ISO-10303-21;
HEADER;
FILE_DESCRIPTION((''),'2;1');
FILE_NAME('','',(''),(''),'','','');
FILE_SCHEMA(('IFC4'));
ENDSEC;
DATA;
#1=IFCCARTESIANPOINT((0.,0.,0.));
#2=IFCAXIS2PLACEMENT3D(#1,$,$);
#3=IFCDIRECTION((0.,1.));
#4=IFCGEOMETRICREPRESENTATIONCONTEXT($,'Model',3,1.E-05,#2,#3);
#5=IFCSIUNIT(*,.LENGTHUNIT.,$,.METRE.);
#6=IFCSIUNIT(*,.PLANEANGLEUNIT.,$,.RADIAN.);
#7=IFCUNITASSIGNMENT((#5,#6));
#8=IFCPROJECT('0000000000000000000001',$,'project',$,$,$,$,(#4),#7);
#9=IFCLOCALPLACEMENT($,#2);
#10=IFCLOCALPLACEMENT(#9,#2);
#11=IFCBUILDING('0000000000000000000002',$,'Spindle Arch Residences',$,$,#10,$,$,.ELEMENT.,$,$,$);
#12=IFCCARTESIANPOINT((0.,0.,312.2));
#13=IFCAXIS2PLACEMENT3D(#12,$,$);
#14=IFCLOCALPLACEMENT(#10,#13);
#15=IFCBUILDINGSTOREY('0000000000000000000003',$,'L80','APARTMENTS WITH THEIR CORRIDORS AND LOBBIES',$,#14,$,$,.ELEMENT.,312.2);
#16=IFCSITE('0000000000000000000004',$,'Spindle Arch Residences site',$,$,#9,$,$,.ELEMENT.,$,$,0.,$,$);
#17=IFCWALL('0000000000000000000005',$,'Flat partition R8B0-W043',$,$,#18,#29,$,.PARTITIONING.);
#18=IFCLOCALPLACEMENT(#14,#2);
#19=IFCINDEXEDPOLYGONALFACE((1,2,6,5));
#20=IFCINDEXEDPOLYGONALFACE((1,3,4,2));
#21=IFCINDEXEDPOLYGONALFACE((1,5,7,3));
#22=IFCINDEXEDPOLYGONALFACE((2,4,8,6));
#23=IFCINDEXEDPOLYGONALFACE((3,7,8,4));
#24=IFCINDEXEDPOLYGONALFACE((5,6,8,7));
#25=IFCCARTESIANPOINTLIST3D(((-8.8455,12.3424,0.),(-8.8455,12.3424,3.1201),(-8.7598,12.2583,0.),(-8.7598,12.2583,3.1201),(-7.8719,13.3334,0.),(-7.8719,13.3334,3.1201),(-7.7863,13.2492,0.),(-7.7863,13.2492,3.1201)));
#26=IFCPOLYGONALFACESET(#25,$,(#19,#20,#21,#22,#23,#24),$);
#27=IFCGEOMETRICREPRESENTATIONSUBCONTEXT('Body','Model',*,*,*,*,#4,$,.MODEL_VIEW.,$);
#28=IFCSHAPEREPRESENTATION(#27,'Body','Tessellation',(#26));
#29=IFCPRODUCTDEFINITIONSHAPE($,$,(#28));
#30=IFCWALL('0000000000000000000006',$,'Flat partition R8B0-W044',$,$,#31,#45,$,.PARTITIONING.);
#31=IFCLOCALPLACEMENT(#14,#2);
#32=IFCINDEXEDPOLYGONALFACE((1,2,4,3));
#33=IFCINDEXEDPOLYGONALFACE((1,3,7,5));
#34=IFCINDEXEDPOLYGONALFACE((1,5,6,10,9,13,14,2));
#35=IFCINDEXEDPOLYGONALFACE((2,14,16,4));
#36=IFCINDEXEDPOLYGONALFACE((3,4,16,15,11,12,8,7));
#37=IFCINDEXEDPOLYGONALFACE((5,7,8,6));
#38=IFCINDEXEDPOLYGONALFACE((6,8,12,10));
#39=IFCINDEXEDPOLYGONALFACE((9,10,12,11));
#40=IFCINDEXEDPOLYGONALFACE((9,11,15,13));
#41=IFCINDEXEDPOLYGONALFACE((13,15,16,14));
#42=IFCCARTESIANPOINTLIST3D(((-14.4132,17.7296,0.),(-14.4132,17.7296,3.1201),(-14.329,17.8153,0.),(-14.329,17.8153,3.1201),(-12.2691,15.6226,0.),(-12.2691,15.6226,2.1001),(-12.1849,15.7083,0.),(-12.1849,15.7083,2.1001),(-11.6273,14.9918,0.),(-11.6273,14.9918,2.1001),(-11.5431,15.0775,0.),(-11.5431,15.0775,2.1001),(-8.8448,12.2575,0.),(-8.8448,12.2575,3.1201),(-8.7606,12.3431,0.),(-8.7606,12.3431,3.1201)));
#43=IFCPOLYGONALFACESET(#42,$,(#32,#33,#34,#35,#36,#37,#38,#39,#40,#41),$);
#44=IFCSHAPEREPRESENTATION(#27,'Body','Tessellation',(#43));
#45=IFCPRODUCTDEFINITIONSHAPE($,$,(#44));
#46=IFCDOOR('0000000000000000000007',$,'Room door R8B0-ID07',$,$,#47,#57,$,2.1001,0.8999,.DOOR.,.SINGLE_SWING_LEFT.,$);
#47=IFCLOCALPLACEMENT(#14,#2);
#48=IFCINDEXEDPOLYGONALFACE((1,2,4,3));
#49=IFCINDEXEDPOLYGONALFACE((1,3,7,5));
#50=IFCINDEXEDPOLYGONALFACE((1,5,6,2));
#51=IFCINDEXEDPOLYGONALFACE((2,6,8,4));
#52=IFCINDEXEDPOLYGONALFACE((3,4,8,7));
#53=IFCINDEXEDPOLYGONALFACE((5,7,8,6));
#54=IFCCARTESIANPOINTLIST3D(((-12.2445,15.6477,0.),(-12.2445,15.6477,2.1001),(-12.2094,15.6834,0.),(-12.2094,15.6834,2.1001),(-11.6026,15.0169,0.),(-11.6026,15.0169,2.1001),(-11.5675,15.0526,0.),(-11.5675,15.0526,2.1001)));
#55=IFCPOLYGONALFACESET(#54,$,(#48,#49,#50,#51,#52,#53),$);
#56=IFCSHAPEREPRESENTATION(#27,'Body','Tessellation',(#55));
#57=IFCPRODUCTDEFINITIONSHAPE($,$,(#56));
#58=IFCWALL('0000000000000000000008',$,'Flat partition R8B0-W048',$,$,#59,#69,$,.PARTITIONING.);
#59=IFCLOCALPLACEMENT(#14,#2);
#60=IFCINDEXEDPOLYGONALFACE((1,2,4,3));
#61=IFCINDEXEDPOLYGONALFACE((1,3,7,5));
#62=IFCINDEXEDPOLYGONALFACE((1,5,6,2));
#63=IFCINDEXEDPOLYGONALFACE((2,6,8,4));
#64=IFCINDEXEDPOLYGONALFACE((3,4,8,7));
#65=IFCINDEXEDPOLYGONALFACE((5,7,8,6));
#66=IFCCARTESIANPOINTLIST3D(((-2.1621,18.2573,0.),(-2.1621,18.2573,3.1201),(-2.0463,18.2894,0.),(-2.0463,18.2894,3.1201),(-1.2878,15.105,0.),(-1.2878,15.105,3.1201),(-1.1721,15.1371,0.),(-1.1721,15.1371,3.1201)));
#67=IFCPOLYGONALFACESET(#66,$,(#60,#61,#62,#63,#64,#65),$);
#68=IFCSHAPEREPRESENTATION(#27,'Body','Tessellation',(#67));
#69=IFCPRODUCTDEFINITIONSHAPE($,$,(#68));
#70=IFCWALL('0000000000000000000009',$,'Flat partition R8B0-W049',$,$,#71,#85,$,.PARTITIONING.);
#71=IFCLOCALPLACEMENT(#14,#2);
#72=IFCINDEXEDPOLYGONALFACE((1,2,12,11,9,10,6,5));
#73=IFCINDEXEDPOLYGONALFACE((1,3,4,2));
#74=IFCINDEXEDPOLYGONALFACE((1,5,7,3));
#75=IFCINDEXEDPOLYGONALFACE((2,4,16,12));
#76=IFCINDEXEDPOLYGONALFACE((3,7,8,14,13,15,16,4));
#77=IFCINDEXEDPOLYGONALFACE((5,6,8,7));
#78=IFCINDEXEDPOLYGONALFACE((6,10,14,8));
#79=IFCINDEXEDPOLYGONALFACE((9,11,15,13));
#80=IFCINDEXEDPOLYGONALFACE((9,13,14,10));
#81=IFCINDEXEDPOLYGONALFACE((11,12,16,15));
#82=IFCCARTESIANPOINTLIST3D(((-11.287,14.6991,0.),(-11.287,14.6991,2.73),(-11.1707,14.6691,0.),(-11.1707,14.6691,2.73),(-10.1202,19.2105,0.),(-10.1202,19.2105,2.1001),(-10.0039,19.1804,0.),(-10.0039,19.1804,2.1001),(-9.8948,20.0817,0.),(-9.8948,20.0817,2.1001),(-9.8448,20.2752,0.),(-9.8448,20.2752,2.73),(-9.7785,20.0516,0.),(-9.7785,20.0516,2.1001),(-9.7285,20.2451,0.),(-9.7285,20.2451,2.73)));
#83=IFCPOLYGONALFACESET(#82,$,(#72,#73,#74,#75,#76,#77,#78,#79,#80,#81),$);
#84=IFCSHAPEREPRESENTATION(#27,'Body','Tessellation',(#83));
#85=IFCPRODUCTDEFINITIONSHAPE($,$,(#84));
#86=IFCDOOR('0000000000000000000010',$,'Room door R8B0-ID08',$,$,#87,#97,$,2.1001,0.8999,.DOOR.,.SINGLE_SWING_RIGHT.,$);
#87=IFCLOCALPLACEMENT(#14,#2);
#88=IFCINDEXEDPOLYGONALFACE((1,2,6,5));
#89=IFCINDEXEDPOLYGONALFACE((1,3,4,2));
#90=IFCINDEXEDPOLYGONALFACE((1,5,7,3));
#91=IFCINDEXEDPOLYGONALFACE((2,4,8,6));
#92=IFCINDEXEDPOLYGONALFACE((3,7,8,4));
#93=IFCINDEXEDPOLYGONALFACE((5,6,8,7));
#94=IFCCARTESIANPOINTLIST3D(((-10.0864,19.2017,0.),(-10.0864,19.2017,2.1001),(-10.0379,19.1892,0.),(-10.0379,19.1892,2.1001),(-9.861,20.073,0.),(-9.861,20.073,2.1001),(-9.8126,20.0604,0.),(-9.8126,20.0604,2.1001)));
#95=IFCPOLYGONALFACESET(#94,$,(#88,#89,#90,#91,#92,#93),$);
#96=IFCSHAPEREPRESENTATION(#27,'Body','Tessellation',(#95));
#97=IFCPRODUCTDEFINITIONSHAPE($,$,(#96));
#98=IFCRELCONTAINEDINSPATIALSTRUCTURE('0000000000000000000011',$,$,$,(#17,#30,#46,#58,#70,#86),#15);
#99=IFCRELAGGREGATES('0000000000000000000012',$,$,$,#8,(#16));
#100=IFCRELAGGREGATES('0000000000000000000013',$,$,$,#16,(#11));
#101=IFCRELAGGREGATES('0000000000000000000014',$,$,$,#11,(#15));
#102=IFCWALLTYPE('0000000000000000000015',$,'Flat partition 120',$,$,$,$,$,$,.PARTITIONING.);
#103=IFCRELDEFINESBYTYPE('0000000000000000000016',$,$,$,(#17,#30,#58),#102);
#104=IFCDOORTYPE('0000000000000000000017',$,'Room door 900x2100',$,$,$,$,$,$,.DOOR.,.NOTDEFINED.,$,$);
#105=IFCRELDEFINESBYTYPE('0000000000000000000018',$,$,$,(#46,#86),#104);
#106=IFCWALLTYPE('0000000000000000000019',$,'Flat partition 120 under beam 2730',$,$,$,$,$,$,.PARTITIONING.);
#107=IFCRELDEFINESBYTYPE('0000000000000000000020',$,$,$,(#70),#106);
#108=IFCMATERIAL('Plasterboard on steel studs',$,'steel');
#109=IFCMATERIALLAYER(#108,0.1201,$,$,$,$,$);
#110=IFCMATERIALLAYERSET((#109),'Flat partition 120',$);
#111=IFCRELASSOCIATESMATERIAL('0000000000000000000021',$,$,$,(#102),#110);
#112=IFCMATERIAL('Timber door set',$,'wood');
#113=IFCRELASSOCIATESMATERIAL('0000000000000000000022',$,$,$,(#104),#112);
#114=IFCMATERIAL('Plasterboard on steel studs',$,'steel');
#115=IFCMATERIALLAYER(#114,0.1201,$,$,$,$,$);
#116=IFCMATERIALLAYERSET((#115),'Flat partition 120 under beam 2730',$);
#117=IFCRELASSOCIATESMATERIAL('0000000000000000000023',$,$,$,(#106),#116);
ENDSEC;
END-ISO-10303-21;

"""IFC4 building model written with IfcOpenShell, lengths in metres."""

from ifc_helpers import new_model, si_unit, direction, frame, frame_2d, origin, place, context, subcontext, project, spatial, rectangle, extrude, material, layer, layer_set, type_object, element, fill, save


model = new_model("IFC4")

# Units and contexts
model_context = context("Model", 3, precision=1e-05, world=origin(), true_north=direction((0.0, 1.0)))
body_context = subcontext(model_context, "Body", "Model", "MODEL_VIEW")
ifc_project = project(units=[si_unit("LENGTHUNIT", "METRE"), si_unit("PLANEANGLEUNIT", "RADIAN")], contexts=[model_context])

# Site, building, storey
site_placement = place(None, origin())
site = spatial("IfcSite", under=ifc_project, at=site_placement, Name="Spindle Arch Residences site", CompositionType="ELEMENT", RefElevation=0.0)
building_placement = place(site_placement, origin())
building = spatial("IfcBuilding", under=site, at=building_placement, Name="Spindle Arch Residences", CompositionType="ELEMENT")
storey_placement = place(building_placement, frame((0.0, 0.0, 312.2)))
storey = spatial("IfcBuildingStorey", under=building, at=storey_placement, Name="L80", Description="APARTMENTS WITH THEIR CORRIDORS AND LOBBIES", CompositionType="ELEMENT", Elevation=312.2)

# Shared definitions
ifc_material_1 = material(Name="Plasterboard on steel studs", Category="steel")
ifc_layer_1 = layer(ifc_material_1, 0.1201)
ifc_layer_set_1 = layer_set([ifc_layer_1], Name="Flat partition 120")
wall_type_1 = type_object("IfcWallType", Name="Flat partition 120", PredefinedType="PARTITIONING", material=ifc_layer_set_1)
ifc_material_2 = material(Name="Timber door set", Category="wood")
door_type_1 = type_object("IfcDoorType", Name="Room door 900x2100", OperationType="NOTDEFINED", PredefinedType="DOOR", material=ifc_material_2)

# Wall
wall_1_placement = place(storey_placement, frame((-7.8291, 13.2913, 0.0), z_axis=(0.0, 0.0, 1.0), x_axis=(-0.700841, -0.713318, 0.0)))
element("IfcWall", 1, at=wall_1_placement, inside=storey, type_object=wall_type_1, Name="Flat partition R8B0-W043", PredefinedType="PARTITIONING", context=body_context, shape_type="SweptSolid", body=[
    extrude(rectangle(XDim=1.3892, YDim=0.1201, at=frame_2d((0.6946, 0.0))), origin(), (0.0, 0.0, 1.0), 3.1201),
])

# Wall, opening, door
wall_2_placement = place(storey_placement, frame((-8.8027, 12.3003, 0.0), z_axis=(0.0, 0.0, 1.0), x_axis=(-0.71324, 0.700919, 0.0)))
wall_2 = element("IfcWall", 2, at=wall_2_placement, inside=storey, type_object=wall_type_1, Name="Flat partition R8B0-W044", PredefinedType="PARTITIONING", context=body_context, shape_type="SweptSolid", body=[
    extrude(rectangle(XDim=7.8071, YDim=0.1201, at=frame_2d((3.9036, 0.0))), origin(), (0.0, 0.0, 1.0), 3.1201),
])
opening_1_placement = place(wall_2_placement, frame((3.9011, 0.0, 0.0)))
opening_1 = element("IfcOpeningElement", 3, at=opening_1_placement, cuts=wall_2, PredefinedType="OPENING", context=body_context, shape_type="SweptSolid", body=[
    extrude(rectangle(XDim=0.8999, YDim=2.1001, at=frame_2d((0.45, 1.05))), frame((0.0, 0.0701, 0.0), z_axis=(0.0, -1.0, 0.0), x_axis=(1.0, 0.0, 0.0)), (0.0, 0.0, 1.0), 0.1401),
])
door_1_placement = place(opening_1_placement, origin())
door_1 = element("IfcDoor", 4, at=door_1_placement, inside=storey, type_object=door_type_1, Name="Room door R8B0-ID07", OperationType="SINGLE_SWING_LEFT", OverallHeight=2.1001, OverallWidth=0.8999, PredefinedType="DOOR", context=body_context, shape_type="SweptSolid", body=[
    extrude(rectangle(XDim=0.8999, YDim=2.1001, at=frame_2d((0.45, 1.05))), frame((0.0, 0.0249, 0.0), z_axis=(0.0, -1.0, 0.0), x_axis=(1.0, 0.0, 0.0)), (0.0, 0.0, 1.0), 0.05),
])
fill(opening_1, door_1)

# Wall
wall_3_placement = place(storey_placement, frame((-2.1042, 18.2734, 0.0), z_axis=(0.0, 0.0, 1.0), x_axis=(0.267251, -0.963627, 0.0)))
element("IfcWall", 5, at=wall_3_placement, inside=storey, type_object=wall_type_1, Name="Flat partition R8B0-W048", PredefinedType="PARTITIONING", context=body_context, shape_type="SweptSolid", body=[
    extrude(rectangle(XDim=3.2712, YDim=0.1201, at=frame_2d((1.6357, 0.0))), origin(), (0.0, 0.0, 1.0), 3.1201),
])

# Wall, opening, door
ifc_material_3 = material(Name="Plasterboard on steel studs", Category="steel")
ifc_layer_2 = layer(ifc_material_3, 0.1201)
ifc_layer_set_2 = layer_set([ifc_layer_2], Name="Flat partition 120 under beam 2730")
wall_type_2 = type_object("IfcWallType", Name="Flat partition 120 under beam 2730", PredefinedType="PARTITIONING", material=ifc_layer_set_2)
wall_4_placement = place(storey_placement, frame((-9.7866, 20.2603, 0.0), z_axis=(0.0, 0.0, 1.0), x_axis=(-0.250397, -0.968143, 0.0)))
wall_4 = element("IfcWall", 6, at=wall_4_placement, inside=storey, type_object=wall_type_2, Name="Flat partition R8B0-W049", PredefinedType="PARTITIONING", context=body_context, shape_type="SweptSolid", body=[
    extrude(rectangle(XDim=5.7595, YDim=0.1201, at=frame_2d((2.8799, 0.0))), origin(), (0.0, 0.0, 1.0), 2.73),
])
opening_2_placement = place(wall_4_placement, frame((0.2, 0.0, 0.0)))
opening_2 = element("IfcOpeningElement", 7, at=opening_2_placement, cuts=wall_4, PredefinedType="OPENING", context=body_context, shape_type="SweptSolid", body=[
    extrude(rectangle(XDim=0.8999, YDim=2.1001, at=frame_2d((0.45, 1.05))), frame((0.0, 0.0701, 0.0), z_axis=(0.0, -1.0, 0.0), x_axis=(1.0, 0.0, 0.0)), (0.0, 0.0, 1.0), 0.1401),
])
door_2_placement = place(opening_2_placement, origin())
door_2 = element("IfcDoor", 8, at=door_2_placement, inside=storey, type_object=door_type_1, Name="Room door R8B0-ID08", OperationType="SINGLE_SWING_RIGHT", OverallHeight=2.1001, OverallWidth=0.8999, PredefinedType="DOOR", context=body_context, shape_type="SweptSolid", body=[
    extrude(rectangle(XDim=0.8999, YDim=2.1001, at=frame_2d((0.45, 1.05))), frame((0.0, 0.0249, 0.0), z_axis=(0.0, -1.0, 0.0), x_axis=(1.0, 0.0, 0.0)), (0.0, 0.0, 1.0), 0.05),
])
fill(opening_2, door_2)

save(model, "model.ifc")
